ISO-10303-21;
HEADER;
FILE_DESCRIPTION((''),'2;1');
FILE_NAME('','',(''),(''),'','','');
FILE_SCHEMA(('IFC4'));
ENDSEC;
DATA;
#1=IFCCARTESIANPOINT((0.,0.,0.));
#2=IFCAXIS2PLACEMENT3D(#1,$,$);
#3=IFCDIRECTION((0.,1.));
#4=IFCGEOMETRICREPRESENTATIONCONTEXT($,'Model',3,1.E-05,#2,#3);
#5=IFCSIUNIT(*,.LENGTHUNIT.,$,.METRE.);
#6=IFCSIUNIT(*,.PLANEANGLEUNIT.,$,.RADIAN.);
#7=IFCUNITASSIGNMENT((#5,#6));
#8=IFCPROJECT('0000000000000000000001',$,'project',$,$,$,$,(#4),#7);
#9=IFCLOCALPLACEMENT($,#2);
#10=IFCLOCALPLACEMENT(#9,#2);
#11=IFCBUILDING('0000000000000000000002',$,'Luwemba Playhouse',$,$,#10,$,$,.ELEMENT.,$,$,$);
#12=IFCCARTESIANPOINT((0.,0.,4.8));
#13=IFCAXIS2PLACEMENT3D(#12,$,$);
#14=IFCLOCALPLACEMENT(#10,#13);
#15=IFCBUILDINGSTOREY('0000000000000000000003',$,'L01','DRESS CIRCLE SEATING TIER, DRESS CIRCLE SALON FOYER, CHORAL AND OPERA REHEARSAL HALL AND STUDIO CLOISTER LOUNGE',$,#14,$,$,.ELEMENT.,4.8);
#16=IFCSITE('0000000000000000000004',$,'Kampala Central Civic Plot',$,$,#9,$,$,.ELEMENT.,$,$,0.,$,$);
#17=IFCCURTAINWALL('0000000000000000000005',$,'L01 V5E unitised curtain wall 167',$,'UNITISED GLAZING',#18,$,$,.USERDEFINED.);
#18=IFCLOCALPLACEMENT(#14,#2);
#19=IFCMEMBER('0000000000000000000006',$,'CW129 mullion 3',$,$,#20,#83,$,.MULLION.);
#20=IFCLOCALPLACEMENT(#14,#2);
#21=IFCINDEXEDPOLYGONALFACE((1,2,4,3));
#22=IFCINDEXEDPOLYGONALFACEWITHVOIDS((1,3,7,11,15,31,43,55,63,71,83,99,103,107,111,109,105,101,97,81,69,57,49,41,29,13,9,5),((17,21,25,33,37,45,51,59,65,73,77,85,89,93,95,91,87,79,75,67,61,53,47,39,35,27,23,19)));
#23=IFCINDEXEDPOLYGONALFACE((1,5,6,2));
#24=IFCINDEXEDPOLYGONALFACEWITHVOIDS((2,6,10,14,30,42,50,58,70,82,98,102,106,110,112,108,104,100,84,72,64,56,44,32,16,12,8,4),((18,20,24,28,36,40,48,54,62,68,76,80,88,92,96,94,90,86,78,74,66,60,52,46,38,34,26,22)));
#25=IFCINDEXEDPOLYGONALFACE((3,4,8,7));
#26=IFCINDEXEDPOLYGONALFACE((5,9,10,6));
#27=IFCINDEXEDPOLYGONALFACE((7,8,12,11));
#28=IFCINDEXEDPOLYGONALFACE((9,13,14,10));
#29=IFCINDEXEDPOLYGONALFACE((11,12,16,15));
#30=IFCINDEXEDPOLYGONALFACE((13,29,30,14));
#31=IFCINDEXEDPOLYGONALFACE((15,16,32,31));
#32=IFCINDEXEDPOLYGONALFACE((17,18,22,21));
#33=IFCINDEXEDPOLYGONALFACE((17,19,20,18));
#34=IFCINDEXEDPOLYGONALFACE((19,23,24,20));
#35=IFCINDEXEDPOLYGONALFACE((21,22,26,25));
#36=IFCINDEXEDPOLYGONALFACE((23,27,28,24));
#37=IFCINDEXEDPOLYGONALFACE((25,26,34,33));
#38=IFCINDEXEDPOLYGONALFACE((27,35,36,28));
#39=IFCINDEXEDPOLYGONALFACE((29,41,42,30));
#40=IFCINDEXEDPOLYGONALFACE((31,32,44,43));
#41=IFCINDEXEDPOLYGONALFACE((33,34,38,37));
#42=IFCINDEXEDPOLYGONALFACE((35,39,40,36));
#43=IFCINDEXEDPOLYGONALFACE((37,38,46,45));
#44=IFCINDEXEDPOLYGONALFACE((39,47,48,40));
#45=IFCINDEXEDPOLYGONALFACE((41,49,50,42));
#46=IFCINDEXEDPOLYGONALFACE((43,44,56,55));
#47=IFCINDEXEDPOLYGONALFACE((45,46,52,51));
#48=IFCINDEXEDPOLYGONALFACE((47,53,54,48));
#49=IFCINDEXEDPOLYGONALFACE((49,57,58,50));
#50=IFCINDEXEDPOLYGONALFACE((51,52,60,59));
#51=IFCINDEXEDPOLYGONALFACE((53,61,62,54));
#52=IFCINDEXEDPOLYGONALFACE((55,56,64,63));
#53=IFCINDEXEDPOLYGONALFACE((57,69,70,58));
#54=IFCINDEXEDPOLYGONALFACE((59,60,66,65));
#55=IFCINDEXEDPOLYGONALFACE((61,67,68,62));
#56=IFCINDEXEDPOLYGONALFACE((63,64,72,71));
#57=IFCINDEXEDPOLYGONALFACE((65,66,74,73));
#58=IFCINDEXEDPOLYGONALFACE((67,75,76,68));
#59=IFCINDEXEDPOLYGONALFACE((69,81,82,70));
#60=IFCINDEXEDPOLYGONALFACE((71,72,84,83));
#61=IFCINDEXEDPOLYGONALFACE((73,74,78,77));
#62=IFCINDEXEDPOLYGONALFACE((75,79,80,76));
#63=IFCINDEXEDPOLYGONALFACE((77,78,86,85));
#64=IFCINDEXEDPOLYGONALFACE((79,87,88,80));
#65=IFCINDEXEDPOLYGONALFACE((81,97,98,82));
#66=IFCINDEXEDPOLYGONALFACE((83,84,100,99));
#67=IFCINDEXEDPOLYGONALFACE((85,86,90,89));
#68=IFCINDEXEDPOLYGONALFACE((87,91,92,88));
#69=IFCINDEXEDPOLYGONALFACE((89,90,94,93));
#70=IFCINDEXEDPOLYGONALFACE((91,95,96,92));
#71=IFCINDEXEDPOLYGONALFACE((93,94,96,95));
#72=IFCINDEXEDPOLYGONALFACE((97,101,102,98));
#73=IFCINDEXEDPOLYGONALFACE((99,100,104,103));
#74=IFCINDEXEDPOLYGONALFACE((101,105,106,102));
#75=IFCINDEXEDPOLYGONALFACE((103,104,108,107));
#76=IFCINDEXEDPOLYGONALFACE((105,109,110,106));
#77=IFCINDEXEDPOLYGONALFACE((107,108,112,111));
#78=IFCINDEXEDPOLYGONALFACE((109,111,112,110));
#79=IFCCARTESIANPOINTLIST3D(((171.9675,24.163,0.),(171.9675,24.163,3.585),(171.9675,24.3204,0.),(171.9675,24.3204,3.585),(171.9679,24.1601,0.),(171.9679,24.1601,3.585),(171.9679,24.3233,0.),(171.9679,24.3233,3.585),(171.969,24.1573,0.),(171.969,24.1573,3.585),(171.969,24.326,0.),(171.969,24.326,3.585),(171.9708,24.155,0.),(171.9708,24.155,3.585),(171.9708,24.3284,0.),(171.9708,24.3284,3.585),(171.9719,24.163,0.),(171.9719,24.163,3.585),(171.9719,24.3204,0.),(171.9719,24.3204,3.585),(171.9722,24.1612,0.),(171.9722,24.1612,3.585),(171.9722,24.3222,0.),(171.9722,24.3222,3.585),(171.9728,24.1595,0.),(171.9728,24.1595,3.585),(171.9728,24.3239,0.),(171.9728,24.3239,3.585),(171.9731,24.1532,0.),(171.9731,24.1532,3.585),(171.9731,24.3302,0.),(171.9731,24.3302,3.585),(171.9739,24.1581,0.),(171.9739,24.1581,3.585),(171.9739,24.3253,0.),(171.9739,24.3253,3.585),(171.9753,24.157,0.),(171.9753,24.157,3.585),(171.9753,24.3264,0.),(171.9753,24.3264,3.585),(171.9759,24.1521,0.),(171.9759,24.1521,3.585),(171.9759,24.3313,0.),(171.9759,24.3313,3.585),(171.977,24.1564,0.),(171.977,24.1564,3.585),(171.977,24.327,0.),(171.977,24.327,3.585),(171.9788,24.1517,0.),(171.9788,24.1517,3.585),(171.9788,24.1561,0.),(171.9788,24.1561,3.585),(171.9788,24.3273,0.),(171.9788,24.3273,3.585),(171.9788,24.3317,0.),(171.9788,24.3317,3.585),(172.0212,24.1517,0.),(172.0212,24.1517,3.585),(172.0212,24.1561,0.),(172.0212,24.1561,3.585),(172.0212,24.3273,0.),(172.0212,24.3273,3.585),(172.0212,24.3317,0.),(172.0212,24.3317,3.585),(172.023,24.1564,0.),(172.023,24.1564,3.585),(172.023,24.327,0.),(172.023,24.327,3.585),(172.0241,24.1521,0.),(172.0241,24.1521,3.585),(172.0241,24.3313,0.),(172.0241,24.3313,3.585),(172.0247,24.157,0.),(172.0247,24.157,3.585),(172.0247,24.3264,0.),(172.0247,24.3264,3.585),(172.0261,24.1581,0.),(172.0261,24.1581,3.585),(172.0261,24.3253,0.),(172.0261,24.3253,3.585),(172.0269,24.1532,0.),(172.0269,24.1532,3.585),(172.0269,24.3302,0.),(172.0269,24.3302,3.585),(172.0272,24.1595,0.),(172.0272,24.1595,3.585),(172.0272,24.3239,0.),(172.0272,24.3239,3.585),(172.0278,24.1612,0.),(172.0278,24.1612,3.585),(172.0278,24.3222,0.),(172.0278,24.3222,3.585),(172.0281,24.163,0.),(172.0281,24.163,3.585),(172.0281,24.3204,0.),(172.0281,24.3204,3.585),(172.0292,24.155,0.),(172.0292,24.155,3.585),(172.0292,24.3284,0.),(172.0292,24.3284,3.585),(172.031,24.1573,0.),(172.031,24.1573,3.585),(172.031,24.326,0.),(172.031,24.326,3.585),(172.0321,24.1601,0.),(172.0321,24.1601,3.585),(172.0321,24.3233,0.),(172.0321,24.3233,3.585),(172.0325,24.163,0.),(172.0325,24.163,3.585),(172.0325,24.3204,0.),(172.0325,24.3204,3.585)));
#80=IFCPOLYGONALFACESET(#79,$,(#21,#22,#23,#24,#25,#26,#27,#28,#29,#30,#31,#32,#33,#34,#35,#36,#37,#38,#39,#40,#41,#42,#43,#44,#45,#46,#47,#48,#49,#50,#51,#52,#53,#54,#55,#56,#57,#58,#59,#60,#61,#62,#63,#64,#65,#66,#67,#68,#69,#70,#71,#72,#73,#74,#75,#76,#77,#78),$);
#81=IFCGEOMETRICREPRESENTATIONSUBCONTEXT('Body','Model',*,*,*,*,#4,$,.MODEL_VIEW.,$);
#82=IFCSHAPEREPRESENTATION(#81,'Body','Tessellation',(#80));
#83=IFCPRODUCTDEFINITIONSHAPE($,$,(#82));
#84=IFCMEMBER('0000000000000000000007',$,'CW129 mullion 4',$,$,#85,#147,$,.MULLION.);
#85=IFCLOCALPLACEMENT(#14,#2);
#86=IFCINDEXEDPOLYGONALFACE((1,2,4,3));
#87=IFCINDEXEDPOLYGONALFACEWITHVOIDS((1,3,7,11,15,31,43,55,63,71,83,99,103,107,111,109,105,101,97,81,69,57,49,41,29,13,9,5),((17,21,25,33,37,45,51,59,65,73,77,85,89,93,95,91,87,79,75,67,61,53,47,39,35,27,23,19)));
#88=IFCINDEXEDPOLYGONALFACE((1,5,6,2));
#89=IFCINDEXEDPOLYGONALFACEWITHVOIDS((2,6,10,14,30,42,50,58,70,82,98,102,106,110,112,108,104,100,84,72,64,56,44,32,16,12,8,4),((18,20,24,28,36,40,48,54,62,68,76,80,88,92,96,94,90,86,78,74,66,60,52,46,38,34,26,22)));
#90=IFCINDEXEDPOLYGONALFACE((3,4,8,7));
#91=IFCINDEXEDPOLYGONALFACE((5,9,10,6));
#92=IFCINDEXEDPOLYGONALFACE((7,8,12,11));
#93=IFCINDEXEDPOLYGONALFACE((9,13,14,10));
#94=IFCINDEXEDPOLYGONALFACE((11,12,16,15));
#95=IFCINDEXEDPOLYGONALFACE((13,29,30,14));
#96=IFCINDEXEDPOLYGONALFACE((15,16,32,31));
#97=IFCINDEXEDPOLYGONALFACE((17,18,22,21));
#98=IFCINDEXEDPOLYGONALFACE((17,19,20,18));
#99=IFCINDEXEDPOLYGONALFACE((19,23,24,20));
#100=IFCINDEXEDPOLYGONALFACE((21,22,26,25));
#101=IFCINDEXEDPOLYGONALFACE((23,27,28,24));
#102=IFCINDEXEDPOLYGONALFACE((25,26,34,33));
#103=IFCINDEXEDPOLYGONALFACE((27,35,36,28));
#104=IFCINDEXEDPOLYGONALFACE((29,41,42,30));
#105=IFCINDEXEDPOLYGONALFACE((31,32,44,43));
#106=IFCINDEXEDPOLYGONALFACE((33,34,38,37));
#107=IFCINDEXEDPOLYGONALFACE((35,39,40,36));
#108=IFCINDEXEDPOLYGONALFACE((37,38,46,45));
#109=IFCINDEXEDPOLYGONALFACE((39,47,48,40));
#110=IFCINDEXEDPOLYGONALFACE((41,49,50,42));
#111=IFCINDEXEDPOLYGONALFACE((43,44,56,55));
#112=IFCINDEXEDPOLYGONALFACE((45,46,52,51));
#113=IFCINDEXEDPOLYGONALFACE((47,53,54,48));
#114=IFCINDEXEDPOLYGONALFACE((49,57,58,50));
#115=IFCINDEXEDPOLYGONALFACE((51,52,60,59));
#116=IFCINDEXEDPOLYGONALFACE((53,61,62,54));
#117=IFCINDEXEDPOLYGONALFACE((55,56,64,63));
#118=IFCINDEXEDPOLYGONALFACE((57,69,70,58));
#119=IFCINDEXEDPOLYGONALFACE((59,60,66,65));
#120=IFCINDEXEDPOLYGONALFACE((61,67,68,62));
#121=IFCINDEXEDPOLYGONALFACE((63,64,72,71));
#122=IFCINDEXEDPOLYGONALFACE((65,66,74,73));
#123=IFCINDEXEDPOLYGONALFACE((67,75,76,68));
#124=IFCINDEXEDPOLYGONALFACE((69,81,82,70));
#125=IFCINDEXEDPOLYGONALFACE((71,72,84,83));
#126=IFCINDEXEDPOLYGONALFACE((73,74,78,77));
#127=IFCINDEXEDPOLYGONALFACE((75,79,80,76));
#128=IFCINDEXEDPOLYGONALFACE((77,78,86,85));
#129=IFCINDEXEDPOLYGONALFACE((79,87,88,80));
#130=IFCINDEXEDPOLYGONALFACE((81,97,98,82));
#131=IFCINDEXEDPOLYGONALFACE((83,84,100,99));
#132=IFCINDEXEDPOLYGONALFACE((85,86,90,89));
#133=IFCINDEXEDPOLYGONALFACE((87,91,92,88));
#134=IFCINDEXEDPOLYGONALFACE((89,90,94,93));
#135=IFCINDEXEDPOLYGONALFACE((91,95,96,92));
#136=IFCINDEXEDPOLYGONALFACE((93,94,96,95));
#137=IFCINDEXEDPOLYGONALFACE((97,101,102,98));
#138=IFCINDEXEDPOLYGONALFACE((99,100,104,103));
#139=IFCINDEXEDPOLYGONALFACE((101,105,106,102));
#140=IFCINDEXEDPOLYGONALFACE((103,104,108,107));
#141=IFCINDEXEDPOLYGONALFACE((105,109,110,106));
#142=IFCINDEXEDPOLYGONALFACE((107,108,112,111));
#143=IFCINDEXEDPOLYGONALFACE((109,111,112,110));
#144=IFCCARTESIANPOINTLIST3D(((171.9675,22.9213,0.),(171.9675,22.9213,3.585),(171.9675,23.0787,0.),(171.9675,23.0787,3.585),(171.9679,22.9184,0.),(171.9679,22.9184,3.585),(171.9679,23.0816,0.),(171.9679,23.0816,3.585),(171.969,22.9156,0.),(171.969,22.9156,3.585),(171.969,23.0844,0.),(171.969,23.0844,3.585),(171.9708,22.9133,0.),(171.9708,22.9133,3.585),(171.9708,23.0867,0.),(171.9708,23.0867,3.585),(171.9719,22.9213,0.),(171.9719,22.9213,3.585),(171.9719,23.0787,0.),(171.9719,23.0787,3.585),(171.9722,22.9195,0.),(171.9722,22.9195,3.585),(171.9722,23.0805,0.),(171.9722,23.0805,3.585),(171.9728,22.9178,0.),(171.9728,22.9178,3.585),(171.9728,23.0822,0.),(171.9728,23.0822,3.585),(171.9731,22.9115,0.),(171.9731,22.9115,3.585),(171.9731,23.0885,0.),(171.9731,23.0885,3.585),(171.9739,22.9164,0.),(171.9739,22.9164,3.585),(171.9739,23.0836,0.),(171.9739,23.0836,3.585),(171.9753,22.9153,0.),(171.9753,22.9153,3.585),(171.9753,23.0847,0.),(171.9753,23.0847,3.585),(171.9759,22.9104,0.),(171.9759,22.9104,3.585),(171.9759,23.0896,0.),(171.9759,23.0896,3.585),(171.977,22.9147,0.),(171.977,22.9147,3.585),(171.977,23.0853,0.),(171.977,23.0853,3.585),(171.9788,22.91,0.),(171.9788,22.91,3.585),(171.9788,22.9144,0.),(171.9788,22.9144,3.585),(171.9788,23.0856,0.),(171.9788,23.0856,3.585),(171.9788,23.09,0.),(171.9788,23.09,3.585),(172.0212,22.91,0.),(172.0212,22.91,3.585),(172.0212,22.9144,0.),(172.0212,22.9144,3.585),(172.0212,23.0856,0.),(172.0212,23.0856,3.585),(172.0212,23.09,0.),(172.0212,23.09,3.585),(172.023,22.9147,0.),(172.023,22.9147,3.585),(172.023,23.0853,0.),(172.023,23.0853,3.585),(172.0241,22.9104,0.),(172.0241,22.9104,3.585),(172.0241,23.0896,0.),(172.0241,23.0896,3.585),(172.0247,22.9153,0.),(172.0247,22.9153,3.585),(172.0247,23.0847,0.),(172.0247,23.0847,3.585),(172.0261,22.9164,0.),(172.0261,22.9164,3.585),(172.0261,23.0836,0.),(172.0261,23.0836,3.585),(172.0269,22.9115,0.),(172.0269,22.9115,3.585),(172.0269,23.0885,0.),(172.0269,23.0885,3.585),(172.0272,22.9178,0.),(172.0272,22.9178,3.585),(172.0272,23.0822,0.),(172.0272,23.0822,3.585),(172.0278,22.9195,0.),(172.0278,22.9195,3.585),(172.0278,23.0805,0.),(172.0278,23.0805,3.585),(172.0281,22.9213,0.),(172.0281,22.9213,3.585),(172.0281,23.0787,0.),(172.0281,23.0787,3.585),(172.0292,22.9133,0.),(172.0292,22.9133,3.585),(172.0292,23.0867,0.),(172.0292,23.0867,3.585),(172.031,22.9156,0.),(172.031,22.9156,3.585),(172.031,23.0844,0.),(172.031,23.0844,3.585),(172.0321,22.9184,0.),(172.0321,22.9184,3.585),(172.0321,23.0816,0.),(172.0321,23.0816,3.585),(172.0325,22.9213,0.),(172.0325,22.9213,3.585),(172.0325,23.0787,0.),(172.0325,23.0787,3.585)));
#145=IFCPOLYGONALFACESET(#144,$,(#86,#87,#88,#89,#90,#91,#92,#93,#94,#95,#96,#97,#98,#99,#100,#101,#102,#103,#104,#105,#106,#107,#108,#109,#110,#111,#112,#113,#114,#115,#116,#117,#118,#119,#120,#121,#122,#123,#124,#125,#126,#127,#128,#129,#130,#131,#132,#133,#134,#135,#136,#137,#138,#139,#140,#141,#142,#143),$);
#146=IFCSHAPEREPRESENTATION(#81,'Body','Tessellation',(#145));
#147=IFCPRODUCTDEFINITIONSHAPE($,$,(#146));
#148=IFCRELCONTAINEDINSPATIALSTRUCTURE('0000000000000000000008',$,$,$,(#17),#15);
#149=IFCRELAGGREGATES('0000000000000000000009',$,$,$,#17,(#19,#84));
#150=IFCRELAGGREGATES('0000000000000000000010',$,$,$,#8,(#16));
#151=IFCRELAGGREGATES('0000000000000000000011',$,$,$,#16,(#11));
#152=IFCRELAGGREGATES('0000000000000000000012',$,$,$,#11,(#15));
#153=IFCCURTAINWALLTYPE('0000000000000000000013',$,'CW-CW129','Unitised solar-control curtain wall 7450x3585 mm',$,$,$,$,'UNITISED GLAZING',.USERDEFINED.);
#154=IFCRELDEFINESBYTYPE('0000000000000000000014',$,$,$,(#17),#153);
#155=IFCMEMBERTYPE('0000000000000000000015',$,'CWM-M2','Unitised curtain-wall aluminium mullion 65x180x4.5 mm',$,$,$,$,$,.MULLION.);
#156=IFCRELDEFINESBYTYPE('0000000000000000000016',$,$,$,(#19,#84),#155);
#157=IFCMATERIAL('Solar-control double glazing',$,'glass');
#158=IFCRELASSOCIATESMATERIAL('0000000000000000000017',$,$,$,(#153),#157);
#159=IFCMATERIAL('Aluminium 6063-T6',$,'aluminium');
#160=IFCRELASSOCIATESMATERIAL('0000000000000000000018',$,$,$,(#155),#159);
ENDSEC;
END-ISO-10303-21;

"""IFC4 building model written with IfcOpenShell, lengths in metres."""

from ifc_helpers import new_model, si_unit, direction, frame, origin, origin_2d, place, context, subcontext, project, spatial, hollow_rectangle, extrude, material, material_profile, profile_set, type_object, element, aggregate, save


model = new_model("IFC4")

# Units and contexts
model_context = context("Model", 3, precision=1e-05, world=origin(), true_north=direction((0.0, 1.0)))
body_context = subcontext(model_context, "Body", "Model", "MODEL_VIEW")
ifc_project = project(units=[si_unit("LENGTHUNIT", "METRE"), si_unit("PLANEANGLEUNIT", "RADIAN")], contexts=[model_context])

# Site, building, storey
site_placement = place(None, origin())
site = spatial("IfcSite", under=ifc_project, at=site_placement, Name="Kampala Central Civic Plot", CompositionType="ELEMENT", RefElevation=0.0)
building_placement = place(site_placement, origin())
building = spatial("IfcBuilding", under=site, at=building_placement, Name="Luwemba Playhouse", CompositionType="ELEMENT")
storey_placement = place(building_placement, frame((0.0, 0.0, 4.8)))
storey = spatial("IfcBuildingStorey", under=building, at=storey_placement, Name="L01", Description="DRESS CIRCLE SEATING TIER, DRESS CIRCLE SALON FOYER, CHORAL AND OPERA REHEARSAL HALL AND STUDIO CLOISTER LOUNGE", CompositionType="ELEMENT", Elevation=4.8)

# Curtain wall, members
ifc_material_1 = material(Name="Solar-control double glazing", Category="glass")
curtain_wall_type = type_object("IfcCurtainWallType", Name="CW-CW129", Description="Unitised solar-control curtain wall 7450x3585 mm", ElementType="UNITISED GLAZING", PredefinedType="USERDEFINED", material=ifc_material_1)
curtain_wall_placement = place(storey_placement, origin())
curtain_wall = element("IfcCurtainWall", 1, at=curtain_wall_placement, inside=storey, type_object=curtain_wall_type, Name="L01 V5E unitised curtain wall 167", ObjectType="UNITISED GLAZING", PredefinedType="USERDEFINED")
ifc_material_2 = material(Name="Aluminium 6063-T6", Category="aluminium")
ifc_material_profile_1 = material_profile(ifc_material_2, hollow_rectangle(XDim=0.0649, YDim=0.1799, WallThickness=0.0044, InnerFilletRadius=0.0068, OuterFilletRadius=0.0112, at=origin_2d()))
ifc_profile_set_1 = profile_set([ifc_material_profile_1], Name="Aluminium 6063-T6")
member_type_1 = type_object("IfcMemberType", Name="CWM-M2", Description="Unitised curtain-wall aluminium mullion 65x180x4.5 mm", PredefinedType="MULLION", material=ifc_profile_set_1)
member_1_placement = place(storey_placement, frame((172.0, 24.2417, 0.0), z_axis=(0.0, 0.0, 1.0), x_axis=(1.0, 0.0, 0.0)))
member_1 = element("IfcMember", 2, at=member_1_placement, type_object=member_type_1, Name="CW129 mullion 3", PredefinedType="MULLION", context=body_context, shape_type="SweptSolid", body=[
    extrude(hollow_rectangle(XDim=0.0649, YDim=0.1799, WallThickness=0.0044, InnerFilletRadius=0.0068, OuterFilletRadius=0.0112, at=origin_2d()), origin(), (0.0, 0.0, 1.0), 3.585),
])
member_2_placement = place(storey_placement, frame((172.0, 23.0, 0.0), z_axis=(0.0, 0.0, 1.0), x_axis=(1.0, 0.0, 0.0)))
member_2 = element("IfcMember", 3, at=member_2_placement, type_object=member_type_1, Name="CW129 mullion 4", PredefinedType="MULLION", context=body_context, shape_type="SweptSolid", body=[
    extrude(hollow_rectangle(XDim=0.0649, YDim=0.1799, WallThickness=0.0044, InnerFilletRadius=0.0068, OuterFilletRadius=0.0112, at=origin_2d()), origin(), (0.0, 0.0, 1.0), 3.585),
])

aggregate(curtain_wall, [member_1, member_2])

save(model, "model.ifc")
